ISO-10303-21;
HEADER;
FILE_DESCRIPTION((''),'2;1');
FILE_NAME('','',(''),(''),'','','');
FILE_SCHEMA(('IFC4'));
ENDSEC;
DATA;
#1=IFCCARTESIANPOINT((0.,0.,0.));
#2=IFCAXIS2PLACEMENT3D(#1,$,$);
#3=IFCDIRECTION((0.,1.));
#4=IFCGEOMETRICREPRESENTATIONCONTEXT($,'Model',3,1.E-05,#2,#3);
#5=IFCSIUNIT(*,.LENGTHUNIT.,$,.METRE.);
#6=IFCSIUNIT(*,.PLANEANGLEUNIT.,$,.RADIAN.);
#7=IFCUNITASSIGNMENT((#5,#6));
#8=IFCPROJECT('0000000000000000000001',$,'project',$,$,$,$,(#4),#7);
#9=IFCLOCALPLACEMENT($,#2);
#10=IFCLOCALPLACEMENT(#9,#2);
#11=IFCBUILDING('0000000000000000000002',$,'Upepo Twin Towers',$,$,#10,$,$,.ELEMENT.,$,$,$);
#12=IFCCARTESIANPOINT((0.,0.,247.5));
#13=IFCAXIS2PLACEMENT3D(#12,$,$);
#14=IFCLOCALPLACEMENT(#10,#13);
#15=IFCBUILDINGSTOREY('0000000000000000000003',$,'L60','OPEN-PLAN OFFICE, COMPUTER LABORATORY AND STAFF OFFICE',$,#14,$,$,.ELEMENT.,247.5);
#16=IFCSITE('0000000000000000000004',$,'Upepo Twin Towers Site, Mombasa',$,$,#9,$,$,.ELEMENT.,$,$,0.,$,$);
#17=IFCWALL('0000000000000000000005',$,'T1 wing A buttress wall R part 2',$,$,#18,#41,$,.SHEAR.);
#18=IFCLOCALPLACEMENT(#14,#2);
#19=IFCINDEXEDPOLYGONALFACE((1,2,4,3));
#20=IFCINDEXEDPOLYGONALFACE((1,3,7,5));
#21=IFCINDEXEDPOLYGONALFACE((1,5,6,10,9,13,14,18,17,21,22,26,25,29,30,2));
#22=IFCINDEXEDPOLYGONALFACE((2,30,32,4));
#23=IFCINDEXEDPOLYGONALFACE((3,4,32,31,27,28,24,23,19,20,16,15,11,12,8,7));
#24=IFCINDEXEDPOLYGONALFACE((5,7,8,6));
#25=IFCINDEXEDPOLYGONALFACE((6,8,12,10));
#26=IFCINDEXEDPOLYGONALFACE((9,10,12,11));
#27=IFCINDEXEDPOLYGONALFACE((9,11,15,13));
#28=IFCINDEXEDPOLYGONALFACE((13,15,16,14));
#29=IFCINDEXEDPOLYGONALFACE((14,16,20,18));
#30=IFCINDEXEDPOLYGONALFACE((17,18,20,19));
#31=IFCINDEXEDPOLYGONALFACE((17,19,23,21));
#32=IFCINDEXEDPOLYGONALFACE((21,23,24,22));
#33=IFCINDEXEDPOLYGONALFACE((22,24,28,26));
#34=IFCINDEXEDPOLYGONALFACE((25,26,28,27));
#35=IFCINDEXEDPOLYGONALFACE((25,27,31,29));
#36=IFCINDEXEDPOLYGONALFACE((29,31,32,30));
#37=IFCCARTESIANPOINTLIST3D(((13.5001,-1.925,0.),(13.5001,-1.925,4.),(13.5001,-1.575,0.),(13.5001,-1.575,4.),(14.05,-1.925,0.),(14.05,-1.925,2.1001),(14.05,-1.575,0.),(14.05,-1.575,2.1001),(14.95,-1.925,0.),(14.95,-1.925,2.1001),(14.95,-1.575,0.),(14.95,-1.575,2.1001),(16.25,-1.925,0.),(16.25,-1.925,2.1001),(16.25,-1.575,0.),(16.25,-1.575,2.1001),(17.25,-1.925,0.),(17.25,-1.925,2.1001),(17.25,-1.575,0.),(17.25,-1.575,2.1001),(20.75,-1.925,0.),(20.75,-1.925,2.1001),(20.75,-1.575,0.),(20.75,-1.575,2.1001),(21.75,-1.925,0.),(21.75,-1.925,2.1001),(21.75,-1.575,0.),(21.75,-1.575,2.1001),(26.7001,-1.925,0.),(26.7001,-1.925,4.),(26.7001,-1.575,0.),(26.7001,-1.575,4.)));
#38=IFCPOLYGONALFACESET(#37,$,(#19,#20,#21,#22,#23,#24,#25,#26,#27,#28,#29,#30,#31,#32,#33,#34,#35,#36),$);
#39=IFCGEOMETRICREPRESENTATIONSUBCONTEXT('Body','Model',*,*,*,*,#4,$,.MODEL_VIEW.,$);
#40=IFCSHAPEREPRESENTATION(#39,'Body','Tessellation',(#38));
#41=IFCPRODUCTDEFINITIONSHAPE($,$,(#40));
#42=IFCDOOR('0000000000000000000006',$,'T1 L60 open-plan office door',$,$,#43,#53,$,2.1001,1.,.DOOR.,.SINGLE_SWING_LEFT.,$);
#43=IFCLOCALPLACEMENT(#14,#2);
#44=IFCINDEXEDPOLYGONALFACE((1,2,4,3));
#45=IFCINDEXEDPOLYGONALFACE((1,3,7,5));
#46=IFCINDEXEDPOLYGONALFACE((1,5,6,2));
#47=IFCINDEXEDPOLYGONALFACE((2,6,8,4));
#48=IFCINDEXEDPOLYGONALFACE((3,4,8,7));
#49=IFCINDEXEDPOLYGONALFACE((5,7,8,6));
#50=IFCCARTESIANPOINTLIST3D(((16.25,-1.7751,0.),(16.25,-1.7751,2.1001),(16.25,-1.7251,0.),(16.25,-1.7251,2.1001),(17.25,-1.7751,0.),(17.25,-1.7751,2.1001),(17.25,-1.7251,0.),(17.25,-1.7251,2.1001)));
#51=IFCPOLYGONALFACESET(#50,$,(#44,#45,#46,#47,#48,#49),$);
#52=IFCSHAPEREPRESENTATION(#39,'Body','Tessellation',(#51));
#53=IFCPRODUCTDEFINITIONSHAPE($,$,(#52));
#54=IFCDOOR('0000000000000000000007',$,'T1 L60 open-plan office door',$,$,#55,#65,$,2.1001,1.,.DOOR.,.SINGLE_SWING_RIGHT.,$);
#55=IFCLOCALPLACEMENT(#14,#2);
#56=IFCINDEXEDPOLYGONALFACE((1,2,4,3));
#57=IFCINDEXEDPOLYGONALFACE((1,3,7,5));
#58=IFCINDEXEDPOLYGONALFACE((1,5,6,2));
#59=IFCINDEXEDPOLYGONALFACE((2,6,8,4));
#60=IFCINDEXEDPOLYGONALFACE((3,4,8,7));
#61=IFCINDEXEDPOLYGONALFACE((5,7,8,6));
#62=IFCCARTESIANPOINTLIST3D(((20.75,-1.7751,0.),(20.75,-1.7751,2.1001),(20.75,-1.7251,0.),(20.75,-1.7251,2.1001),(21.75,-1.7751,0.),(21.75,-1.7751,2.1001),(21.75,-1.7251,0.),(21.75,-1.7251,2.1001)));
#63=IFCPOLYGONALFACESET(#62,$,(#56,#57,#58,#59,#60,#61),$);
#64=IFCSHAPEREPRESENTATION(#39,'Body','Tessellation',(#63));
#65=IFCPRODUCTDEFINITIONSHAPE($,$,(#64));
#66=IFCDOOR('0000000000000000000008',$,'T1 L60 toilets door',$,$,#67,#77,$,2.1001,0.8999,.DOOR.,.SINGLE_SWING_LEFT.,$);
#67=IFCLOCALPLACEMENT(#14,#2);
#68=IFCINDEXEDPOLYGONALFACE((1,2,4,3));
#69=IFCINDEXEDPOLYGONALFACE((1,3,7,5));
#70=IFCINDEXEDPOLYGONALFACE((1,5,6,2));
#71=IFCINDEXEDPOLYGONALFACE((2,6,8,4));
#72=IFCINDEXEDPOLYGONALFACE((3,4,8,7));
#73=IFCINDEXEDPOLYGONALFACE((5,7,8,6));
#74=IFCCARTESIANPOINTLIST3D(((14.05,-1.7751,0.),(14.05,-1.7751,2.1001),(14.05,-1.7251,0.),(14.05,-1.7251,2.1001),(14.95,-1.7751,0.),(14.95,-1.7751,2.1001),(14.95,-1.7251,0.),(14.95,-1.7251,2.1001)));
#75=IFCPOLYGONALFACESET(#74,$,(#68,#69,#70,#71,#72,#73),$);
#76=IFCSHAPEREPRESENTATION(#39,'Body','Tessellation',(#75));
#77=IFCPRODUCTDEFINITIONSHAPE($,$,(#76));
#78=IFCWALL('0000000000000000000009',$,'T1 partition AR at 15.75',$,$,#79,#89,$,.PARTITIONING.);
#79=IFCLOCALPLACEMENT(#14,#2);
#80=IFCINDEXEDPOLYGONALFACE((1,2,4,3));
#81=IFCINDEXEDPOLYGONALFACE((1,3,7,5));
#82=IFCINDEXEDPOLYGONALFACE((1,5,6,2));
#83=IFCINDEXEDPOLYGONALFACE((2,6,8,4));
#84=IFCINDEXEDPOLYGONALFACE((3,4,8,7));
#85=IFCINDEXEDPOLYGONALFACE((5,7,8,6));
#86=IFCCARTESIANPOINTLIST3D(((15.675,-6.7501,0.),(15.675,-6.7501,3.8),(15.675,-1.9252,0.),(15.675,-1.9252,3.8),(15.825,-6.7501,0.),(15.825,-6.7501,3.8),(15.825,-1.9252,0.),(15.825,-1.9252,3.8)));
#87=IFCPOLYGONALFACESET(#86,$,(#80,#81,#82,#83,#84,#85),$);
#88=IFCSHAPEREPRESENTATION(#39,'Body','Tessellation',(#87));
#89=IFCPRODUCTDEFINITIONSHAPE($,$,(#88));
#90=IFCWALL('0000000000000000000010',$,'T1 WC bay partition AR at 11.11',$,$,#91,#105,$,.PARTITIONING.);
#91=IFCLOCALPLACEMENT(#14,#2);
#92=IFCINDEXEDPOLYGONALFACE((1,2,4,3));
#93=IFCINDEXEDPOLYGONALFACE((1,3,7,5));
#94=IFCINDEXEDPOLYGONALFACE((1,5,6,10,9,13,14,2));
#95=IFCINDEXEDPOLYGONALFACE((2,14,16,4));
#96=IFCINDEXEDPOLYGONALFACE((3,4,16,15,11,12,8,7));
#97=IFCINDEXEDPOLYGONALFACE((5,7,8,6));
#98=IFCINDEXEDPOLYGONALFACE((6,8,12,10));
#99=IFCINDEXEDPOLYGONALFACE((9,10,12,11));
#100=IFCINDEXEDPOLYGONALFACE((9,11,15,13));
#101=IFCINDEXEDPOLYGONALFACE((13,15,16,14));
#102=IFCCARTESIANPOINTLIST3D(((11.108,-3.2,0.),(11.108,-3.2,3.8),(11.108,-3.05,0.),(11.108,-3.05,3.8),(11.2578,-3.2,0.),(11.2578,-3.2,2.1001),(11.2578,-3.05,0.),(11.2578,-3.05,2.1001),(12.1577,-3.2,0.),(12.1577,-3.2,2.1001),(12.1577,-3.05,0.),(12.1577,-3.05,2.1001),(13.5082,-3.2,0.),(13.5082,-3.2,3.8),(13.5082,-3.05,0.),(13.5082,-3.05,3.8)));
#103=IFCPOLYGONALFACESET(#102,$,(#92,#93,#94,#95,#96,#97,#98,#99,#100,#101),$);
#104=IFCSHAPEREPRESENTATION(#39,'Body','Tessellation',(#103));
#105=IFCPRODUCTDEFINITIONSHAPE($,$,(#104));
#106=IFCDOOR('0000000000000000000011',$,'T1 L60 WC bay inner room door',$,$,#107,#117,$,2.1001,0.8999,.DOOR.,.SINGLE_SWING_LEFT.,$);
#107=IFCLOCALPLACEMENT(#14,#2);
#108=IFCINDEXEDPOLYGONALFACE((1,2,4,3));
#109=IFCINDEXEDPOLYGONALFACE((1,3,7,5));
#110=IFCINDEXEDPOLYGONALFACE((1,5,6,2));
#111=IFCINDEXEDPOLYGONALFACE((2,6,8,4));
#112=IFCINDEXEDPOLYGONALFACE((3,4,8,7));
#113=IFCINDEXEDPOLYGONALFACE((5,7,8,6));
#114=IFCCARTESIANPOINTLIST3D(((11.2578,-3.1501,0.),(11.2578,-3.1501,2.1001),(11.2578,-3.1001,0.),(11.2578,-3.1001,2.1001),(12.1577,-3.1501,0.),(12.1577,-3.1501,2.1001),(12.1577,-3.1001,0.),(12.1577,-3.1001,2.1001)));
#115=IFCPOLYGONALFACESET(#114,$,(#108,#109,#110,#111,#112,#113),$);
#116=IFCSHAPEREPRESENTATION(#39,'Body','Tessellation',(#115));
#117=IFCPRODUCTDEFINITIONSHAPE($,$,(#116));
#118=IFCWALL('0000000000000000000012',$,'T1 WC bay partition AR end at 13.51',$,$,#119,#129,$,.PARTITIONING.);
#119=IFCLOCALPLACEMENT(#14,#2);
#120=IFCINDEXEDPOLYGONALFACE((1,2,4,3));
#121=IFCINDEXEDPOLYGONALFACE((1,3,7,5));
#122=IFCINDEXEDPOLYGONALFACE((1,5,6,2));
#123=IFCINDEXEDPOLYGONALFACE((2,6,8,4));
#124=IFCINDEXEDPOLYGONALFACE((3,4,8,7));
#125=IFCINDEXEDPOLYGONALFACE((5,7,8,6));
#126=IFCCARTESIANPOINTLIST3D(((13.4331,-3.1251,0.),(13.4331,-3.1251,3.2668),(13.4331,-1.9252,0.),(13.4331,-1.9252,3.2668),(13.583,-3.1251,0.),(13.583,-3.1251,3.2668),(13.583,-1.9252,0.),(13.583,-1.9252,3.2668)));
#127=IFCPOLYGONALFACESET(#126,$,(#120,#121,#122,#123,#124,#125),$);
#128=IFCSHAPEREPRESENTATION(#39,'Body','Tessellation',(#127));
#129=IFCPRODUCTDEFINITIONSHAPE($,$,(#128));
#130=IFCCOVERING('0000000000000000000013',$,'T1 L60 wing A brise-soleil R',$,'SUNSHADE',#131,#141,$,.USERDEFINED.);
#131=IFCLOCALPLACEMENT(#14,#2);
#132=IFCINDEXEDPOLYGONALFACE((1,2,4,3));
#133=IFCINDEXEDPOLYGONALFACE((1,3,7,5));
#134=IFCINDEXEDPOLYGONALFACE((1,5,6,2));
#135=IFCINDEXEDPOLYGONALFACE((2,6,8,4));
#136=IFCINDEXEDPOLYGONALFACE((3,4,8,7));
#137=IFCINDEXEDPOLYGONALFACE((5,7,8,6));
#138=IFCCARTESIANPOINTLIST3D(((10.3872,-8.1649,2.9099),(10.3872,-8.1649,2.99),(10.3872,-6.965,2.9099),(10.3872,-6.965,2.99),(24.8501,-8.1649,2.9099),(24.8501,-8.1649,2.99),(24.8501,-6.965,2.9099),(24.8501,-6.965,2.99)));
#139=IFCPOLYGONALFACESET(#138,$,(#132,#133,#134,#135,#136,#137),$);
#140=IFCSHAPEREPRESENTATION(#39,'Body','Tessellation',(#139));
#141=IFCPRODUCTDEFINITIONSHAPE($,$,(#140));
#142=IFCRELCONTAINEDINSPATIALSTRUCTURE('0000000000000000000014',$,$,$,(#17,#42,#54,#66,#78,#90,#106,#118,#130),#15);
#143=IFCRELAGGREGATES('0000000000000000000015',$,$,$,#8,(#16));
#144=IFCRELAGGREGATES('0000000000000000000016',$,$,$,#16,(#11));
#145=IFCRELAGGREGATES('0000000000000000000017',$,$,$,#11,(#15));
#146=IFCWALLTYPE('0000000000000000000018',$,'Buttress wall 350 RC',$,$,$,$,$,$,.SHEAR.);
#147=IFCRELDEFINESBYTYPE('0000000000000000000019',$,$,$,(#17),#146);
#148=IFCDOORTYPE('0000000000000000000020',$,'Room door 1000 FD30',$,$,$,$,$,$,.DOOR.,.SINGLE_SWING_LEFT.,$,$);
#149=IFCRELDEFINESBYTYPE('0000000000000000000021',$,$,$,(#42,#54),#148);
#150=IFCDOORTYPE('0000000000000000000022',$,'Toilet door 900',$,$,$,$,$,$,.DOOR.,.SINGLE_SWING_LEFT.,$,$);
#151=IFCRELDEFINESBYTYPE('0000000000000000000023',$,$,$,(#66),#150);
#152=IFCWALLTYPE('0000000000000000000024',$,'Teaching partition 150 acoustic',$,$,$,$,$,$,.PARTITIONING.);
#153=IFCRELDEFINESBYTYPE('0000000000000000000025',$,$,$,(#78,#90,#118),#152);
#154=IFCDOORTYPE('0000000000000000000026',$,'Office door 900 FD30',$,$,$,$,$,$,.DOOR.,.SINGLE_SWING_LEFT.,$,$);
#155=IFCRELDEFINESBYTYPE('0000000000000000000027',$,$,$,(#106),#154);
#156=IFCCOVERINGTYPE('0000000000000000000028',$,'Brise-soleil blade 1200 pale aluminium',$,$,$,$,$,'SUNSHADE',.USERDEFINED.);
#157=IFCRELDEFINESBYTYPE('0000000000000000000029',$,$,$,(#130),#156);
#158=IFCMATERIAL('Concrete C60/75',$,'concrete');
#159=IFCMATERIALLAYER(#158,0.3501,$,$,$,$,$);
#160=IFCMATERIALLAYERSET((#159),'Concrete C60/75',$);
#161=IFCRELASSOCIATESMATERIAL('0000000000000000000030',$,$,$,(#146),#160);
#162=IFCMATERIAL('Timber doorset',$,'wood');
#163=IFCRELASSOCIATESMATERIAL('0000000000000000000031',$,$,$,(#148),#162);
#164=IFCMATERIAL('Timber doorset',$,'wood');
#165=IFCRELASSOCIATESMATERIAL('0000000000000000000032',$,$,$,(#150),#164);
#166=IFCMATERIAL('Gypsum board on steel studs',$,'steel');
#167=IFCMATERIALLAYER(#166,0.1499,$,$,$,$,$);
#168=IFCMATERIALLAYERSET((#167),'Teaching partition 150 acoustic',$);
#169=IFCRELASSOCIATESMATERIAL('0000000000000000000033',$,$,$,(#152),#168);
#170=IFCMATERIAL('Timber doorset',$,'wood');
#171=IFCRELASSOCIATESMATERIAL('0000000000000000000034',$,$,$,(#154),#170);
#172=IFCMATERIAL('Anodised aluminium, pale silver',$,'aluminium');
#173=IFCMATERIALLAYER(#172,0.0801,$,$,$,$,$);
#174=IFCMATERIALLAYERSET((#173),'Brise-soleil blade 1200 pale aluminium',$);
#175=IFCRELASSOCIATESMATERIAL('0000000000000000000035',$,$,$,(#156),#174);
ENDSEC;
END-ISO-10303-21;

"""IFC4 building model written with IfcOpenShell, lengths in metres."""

from ifc_helpers import new_model, si_unit, direction, frame, frame_2d, origin, origin_2d, place, context, subcontext, project, spatial, rectangle, extrude, material, layer, layer_set, type_object, element, fill, save


model = new_model("IFC4")

# Units and contexts
model_context = context("Model", 3, precision=1e-05, world=origin(), true_north=direction((0.0, 1.0)))
body_context = subcontext(model_context, "Body", "Model", "MODEL_VIEW")
ifc_project = project(units=[si_unit("LENGTHUNIT", "METRE"), si_unit("PLANEANGLEUNIT", "RADIAN")], contexts=[model_context])

# Site, building, storey
site_placement = place(None, origin())
site = spatial("IfcSite", under=ifc_project, at=site_placement, Name="Upepo Twin Towers Site, Mombasa", CompositionType="ELEMENT", RefElevation=0.0)
building_placement = place(site_placement, origin())
building = spatial("IfcBuilding", under=site, at=building_placement, Name="Upepo Twin Towers", CompositionType="ELEMENT")
storey_placement = place(building_placement, frame((0.0, 0.0, 247.5)))
storey = spatial("IfcBuildingStorey", under=building, at=storey_placement, Name="L60", Description="OPEN-PLAN OFFICE, COMPUTER LABORATORY AND STAFF OFFICE", CompositionType="ELEMENT", Elevation=247.5)

# Shared definitions
ifc_material_1 = material(Name="Concrete C60/75", Category="concrete")
ifc_layer_1 = layer(ifc_material_1, 0.3501)
ifc_layer_set_1 = layer_set([ifc_layer_1], Name="Concrete C60/75")
wall_type_1 = type_object("IfcWallType", Name="Buttress wall 350 RC", PredefinedType="SHEAR", material=ifc_layer_set_1)

# Wall, openings, doors
wall_1_placement = place(storey_placement, frame((13.5, -1.75, 0.0), z_axis=(0.0, 0.0, 1.0), x_axis=(1.0, 0.0, 0.0)))
wall_1 = element("IfcWall", 1, at=wall_1_placement, inside=storey, type_object=wall_type_1, Name="T1 wing A buttress wall R part 2", PredefinedType="SHEAR", context=body_context, shape_type="SweptSolid", body=[
    extrude(rectangle(XDim=13.2, YDim=0.3501, at=frame_2d((6.6001, 0.0))), origin(), (0.0, 0.0, 1.0), 4.0),
])
opening_1_placement = place(wall_1_placement, frame((0.55, 0.0, 0.0)))
opening_1 = element("IfcOpeningElement", 2, at=opening_1_placement, cuts=wall_1, PredefinedType="OPENING", context=body_context, shape_type="SweptSolid", body=[
    extrude(rectangle(XDim=0.8999, YDim=2.1001, at=frame_2d((0.45, 1.05))), frame((0.0, 0.1851, 0.0), z_axis=(0.0, -1.0, 0.0), x_axis=(1.0, 0.0, 0.0)), (0.0, 0.0, 1.0), 0.3701),
])
opening_2_placement = place(wall_1_placement, frame((2.75, 0.0, 0.0)))
opening_2 = element("IfcOpeningElement", 3, at=opening_2_placement, cuts=wall_1, PredefinedType="OPENING", context=body_context, shape_type="SweptSolid", body=[
    extrude(rectangle(XDim=1.0, YDim=2.1001, at=frame_2d((0.5, 1.05))), frame((0.0, 0.1851, 0.0), z_axis=(0.0, -1.0, 0.0), x_axis=(1.0, 0.0, 0.0)), (0.0, 0.0, 1.0), 0.3701),
])
opening_3_placement = place(wall_1_placement, frame((7.25, 0.0, 0.0)))
opening_3 = element("IfcOpeningElement", 4, at=opening_3_placement, cuts=wall_1, PredefinedType="OPENING", context=body_context, shape_type="SweptSolid", body=[
    extrude(rectangle(XDim=1.0, YDim=2.1001, at=frame_2d((0.5, 1.05))), frame((0.0, 0.1851, 0.0), z_axis=(0.0, -1.0, 0.0), x_axis=(1.0, 0.0, 0.0)), (0.0, 0.0, 1.0), 0.3701),
])
ifc_material_2 = material(Name="Timber doorset", Category="wood")
door_type_1 = type_object("IfcDoorType", Name="Room door 1000 FD30", OperationType="SINGLE_SWING_LEFT", PredefinedType="DOOR", material=ifc_material_2)
door_1_placement = place(opening_2_placement, origin())
door_1 = element("IfcDoor", 5, at=door_1_placement, inside=storey, type_object=door_type_1, Name="T1 L60 open-plan office door", OperationType="SINGLE_SWING_LEFT", OverallHeight=2.1001, OverallWidth=1.0, PredefinedType="DOOR", context=body_context, shape_type="SweptSolid", body=[
    extrude(rectangle(XDim=1.0, YDim=2.1001, at=frame_2d((0.5, 1.05))), frame((0.0, 0.0249, 0.0), z_axis=(0.0, -1.0, 0.0), x_axis=(1.0, 0.0, 0.0)), (0.0, 0.0, 1.0), 0.05),
])
fill(opening_2, door_1)
door_2_placement = place(opening_3_placement, origin())
door_2 = element("IfcDoor", 6, at=door_2_placement, inside=storey, type_object=door_type_1, Name="T1 L60 open-plan office door", OperationType="SINGLE_SWING_RIGHT", OverallHeight=2.1001, OverallWidth=1.0, PredefinedType="DOOR", context=body_context, shape_type="SweptSolid", body=[
    extrude(rectangle(XDim=1.0, YDim=2.1001, at=frame_2d((0.5, 1.05))), frame((0.0, 0.0249, 0.0), z_axis=(0.0, -1.0, 0.0), x_axis=(1.0, 0.0, 0.0)), (0.0, 0.0, 1.0), 0.05),
])
fill(opening_3, door_2)
ifc_material_3 = material(Name="Timber doorset", Category="wood")
door_type_2 = type_object("IfcDoorType", Name="Toilet door 900", OperationType="SINGLE_SWING_LEFT", PredefinedType="DOOR", material=ifc_material_3)
door_3_placement = place(opening_1_placement, origin())
door_3 = element("IfcDoor", 7, at=door_3_placement, inside=storey, type_object=door_type_2, Name="T1 L60 toilets door", OperationType="SINGLE_SWING_LEFT", OverallHeight=2.1001, OverallWidth=0.8999, PredefinedType="DOOR", context=body_context, shape_type="SweptSolid", body=[
    extrude(rectangle(XDim=0.8999, YDim=2.1001, at=frame_2d((0.45, 1.05))), frame((0.0, 0.0249, 0.0), z_axis=(0.0, -1.0, 0.0), x_axis=(1.0, 0.0, 0.0)), (0.0, 0.0, 1.0), 0.05),
])
fill(opening_1, door_3)

# Wall
ifc_material_4 = material(Name="Gypsum board on steel studs", Category="steel")
ifc_layer_2 = layer(ifc_material_4, 0.1499)
ifc_layer_set_2 = layer_set([ifc_layer_2], Name="Teaching partition 150 acoustic")
wall_type_2 = type_object("IfcWallType", Name="Teaching partition 150 acoustic", PredefinedType="PARTITIONING", material=ifc_layer_set_2)
wall_2_placement = place(storey_placement, frame((15.75, -1.925, 0.0), z_axis=(0.0, 0.0, 1.0), x_axis=(0.0, -1.0, 0.0)))
element("IfcWall", 8, at=wall_2_placement, inside=storey, type_object=wall_type_2, Name="T1 partition AR at 15.75", PredefinedType="PARTITIONING", context=body_context, shape_type="SweptSolid", body=[
    extrude(rectangle(XDim=4.825, YDim=0.1499, at=frame_2d((2.4126, 0.0))), origin(), (0.0, 0.0, 1.0), 3.8),
])

# Wall, opening, door
wall_3_placement = place(storey_placement, frame((11.1079, -3.125, 0.0), z_axis=(0.0, 0.0, 1.0), x_axis=(1.0, 0.0, 0.0)))
wall_3 = element("IfcWall", 9, at=wall_3_placement, inside=storey, type_object=wall_type_2, Name="T1 WC bay partition AR at 11.11", PredefinedType="PARTITIONING", context=body_context, shape_type="SweptSolid", body=[
    extrude(rectangle(XDim=2.4001, YDim=0.1499, at=frame_2d((1.2002, 0.0))), origin(), (0.0, 0.0, 1.0), 3.8),
])
opening_4_placement = place(wall_3_placement, frame((0.1499, 0.0, 0.0)))
opening_4 = element("IfcOpeningElement", 10, at=opening_4_placement, cuts=wall_3, PredefinedType="OPENING", context=body_context, shape_type="SweptSolid", body=[
    extrude(rectangle(XDim=0.8999, YDim=2.1001, at=frame_2d((0.45, 1.05))), frame((0.0, 0.085, 0.0), z_axis=(0.0, -1.0, 0.0), x_axis=(1.0, 0.0, 0.0)), (0.0, 0.0, 1.0), 0.1699),
])
ifc_material_5 = material(Name="Timber doorset", Category="wood")
door_type_3 = type_object("IfcDoorType", Name="Office door 900 FD30", OperationType="SINGLE_SWING_LEFT", PredefinedType="DOOR", material=ifc_material_5)
door_4_placement = place(opening_4_placement, origin())
door_4 = element("IfcDoor", 11, at=door_4_placement, inside=storey, type_object=door_type_3, Name="T1 L60 WC bay inner room door", OperationType="SINGLE_SWING_LEFT", OverallHeight=2.1001, OverallWidth=0.8999, PredefinedType="DOOR", context=body_context, shape_type="SweptSolid", body=[
    extrude(rectangle(XDim=0.8999, YDim=2.1001, at=frame_2d((0.45, 1.05))), frame((0.0, 0.0249, 0.0), z_axis=(0.0, -1.0, 0.0), x_axis=(1.0, 0.0, 0.0)), (0.0, 0.0, 1.0), 0.05),
])
fill(opening_4, door_4)

# Wall
wall_4_placement = place(storey_placement, frame((13.5081, -1.925, 0.0), z_axis=(0.0, 0.0, 1.0), x_axis=(0.0, -1.0, 0.0)))
element("IfcWall", 12, at=wall_4_placement, inside=storey, type_object=wall_type_2, Name="T1 WC bay partition AR end at 13.51", PredefinedType="PARTITIONING", context=body_context, shape_type="SweptSolid", body=[
    extrude(rectangle(XDim=1.2, YDim=0.1499, at=frame_2d((0.6001, 0.0))), origin(), (0.0, 0.0, 1.0), 3.2668),
])

# Covering
ifc_material_6 = material(Name="Anodised aluminium, pale silver", Category="aluminium")
ifc_layer_3 = layer(ifc_material_6, 0.0801)
ifc_layer_set_3 = layer_set([ifc_layer_3], Name="Brise-soleil blade 1200 pale aluminium")
covering_type = type_object("IfcCoveringType", Name="Brise-soleil blade 1200 pale aluminium", ElementType="SUNSHADE", PredefinedType="USERDEFINED", material=ifc_layer_set_3)
covering_placement = place(storey_placement, frame((17.6187, -7.5649, 2.9099), z_axis=(0.0, 0.0, 1.0), x_axis=(1.0, 0.0, 0.0)))
element("IfcCovering", 13, at=covering_placement, inside=storey, type_object=covering_type, Name="T1 L60 wing A brise-soleil R", ObjectType="SUNSHADE", PredefinedType="USERDEFINED", context=body_context, shape_type="SweptSolid", body=[
    extrude(rectangle(XDim=14.4629, YDim=1.2, at=origin_2d()), origin(), (0.0, 0.0, 1.0), 0.0801),
])

save(model, "model.ifc")
